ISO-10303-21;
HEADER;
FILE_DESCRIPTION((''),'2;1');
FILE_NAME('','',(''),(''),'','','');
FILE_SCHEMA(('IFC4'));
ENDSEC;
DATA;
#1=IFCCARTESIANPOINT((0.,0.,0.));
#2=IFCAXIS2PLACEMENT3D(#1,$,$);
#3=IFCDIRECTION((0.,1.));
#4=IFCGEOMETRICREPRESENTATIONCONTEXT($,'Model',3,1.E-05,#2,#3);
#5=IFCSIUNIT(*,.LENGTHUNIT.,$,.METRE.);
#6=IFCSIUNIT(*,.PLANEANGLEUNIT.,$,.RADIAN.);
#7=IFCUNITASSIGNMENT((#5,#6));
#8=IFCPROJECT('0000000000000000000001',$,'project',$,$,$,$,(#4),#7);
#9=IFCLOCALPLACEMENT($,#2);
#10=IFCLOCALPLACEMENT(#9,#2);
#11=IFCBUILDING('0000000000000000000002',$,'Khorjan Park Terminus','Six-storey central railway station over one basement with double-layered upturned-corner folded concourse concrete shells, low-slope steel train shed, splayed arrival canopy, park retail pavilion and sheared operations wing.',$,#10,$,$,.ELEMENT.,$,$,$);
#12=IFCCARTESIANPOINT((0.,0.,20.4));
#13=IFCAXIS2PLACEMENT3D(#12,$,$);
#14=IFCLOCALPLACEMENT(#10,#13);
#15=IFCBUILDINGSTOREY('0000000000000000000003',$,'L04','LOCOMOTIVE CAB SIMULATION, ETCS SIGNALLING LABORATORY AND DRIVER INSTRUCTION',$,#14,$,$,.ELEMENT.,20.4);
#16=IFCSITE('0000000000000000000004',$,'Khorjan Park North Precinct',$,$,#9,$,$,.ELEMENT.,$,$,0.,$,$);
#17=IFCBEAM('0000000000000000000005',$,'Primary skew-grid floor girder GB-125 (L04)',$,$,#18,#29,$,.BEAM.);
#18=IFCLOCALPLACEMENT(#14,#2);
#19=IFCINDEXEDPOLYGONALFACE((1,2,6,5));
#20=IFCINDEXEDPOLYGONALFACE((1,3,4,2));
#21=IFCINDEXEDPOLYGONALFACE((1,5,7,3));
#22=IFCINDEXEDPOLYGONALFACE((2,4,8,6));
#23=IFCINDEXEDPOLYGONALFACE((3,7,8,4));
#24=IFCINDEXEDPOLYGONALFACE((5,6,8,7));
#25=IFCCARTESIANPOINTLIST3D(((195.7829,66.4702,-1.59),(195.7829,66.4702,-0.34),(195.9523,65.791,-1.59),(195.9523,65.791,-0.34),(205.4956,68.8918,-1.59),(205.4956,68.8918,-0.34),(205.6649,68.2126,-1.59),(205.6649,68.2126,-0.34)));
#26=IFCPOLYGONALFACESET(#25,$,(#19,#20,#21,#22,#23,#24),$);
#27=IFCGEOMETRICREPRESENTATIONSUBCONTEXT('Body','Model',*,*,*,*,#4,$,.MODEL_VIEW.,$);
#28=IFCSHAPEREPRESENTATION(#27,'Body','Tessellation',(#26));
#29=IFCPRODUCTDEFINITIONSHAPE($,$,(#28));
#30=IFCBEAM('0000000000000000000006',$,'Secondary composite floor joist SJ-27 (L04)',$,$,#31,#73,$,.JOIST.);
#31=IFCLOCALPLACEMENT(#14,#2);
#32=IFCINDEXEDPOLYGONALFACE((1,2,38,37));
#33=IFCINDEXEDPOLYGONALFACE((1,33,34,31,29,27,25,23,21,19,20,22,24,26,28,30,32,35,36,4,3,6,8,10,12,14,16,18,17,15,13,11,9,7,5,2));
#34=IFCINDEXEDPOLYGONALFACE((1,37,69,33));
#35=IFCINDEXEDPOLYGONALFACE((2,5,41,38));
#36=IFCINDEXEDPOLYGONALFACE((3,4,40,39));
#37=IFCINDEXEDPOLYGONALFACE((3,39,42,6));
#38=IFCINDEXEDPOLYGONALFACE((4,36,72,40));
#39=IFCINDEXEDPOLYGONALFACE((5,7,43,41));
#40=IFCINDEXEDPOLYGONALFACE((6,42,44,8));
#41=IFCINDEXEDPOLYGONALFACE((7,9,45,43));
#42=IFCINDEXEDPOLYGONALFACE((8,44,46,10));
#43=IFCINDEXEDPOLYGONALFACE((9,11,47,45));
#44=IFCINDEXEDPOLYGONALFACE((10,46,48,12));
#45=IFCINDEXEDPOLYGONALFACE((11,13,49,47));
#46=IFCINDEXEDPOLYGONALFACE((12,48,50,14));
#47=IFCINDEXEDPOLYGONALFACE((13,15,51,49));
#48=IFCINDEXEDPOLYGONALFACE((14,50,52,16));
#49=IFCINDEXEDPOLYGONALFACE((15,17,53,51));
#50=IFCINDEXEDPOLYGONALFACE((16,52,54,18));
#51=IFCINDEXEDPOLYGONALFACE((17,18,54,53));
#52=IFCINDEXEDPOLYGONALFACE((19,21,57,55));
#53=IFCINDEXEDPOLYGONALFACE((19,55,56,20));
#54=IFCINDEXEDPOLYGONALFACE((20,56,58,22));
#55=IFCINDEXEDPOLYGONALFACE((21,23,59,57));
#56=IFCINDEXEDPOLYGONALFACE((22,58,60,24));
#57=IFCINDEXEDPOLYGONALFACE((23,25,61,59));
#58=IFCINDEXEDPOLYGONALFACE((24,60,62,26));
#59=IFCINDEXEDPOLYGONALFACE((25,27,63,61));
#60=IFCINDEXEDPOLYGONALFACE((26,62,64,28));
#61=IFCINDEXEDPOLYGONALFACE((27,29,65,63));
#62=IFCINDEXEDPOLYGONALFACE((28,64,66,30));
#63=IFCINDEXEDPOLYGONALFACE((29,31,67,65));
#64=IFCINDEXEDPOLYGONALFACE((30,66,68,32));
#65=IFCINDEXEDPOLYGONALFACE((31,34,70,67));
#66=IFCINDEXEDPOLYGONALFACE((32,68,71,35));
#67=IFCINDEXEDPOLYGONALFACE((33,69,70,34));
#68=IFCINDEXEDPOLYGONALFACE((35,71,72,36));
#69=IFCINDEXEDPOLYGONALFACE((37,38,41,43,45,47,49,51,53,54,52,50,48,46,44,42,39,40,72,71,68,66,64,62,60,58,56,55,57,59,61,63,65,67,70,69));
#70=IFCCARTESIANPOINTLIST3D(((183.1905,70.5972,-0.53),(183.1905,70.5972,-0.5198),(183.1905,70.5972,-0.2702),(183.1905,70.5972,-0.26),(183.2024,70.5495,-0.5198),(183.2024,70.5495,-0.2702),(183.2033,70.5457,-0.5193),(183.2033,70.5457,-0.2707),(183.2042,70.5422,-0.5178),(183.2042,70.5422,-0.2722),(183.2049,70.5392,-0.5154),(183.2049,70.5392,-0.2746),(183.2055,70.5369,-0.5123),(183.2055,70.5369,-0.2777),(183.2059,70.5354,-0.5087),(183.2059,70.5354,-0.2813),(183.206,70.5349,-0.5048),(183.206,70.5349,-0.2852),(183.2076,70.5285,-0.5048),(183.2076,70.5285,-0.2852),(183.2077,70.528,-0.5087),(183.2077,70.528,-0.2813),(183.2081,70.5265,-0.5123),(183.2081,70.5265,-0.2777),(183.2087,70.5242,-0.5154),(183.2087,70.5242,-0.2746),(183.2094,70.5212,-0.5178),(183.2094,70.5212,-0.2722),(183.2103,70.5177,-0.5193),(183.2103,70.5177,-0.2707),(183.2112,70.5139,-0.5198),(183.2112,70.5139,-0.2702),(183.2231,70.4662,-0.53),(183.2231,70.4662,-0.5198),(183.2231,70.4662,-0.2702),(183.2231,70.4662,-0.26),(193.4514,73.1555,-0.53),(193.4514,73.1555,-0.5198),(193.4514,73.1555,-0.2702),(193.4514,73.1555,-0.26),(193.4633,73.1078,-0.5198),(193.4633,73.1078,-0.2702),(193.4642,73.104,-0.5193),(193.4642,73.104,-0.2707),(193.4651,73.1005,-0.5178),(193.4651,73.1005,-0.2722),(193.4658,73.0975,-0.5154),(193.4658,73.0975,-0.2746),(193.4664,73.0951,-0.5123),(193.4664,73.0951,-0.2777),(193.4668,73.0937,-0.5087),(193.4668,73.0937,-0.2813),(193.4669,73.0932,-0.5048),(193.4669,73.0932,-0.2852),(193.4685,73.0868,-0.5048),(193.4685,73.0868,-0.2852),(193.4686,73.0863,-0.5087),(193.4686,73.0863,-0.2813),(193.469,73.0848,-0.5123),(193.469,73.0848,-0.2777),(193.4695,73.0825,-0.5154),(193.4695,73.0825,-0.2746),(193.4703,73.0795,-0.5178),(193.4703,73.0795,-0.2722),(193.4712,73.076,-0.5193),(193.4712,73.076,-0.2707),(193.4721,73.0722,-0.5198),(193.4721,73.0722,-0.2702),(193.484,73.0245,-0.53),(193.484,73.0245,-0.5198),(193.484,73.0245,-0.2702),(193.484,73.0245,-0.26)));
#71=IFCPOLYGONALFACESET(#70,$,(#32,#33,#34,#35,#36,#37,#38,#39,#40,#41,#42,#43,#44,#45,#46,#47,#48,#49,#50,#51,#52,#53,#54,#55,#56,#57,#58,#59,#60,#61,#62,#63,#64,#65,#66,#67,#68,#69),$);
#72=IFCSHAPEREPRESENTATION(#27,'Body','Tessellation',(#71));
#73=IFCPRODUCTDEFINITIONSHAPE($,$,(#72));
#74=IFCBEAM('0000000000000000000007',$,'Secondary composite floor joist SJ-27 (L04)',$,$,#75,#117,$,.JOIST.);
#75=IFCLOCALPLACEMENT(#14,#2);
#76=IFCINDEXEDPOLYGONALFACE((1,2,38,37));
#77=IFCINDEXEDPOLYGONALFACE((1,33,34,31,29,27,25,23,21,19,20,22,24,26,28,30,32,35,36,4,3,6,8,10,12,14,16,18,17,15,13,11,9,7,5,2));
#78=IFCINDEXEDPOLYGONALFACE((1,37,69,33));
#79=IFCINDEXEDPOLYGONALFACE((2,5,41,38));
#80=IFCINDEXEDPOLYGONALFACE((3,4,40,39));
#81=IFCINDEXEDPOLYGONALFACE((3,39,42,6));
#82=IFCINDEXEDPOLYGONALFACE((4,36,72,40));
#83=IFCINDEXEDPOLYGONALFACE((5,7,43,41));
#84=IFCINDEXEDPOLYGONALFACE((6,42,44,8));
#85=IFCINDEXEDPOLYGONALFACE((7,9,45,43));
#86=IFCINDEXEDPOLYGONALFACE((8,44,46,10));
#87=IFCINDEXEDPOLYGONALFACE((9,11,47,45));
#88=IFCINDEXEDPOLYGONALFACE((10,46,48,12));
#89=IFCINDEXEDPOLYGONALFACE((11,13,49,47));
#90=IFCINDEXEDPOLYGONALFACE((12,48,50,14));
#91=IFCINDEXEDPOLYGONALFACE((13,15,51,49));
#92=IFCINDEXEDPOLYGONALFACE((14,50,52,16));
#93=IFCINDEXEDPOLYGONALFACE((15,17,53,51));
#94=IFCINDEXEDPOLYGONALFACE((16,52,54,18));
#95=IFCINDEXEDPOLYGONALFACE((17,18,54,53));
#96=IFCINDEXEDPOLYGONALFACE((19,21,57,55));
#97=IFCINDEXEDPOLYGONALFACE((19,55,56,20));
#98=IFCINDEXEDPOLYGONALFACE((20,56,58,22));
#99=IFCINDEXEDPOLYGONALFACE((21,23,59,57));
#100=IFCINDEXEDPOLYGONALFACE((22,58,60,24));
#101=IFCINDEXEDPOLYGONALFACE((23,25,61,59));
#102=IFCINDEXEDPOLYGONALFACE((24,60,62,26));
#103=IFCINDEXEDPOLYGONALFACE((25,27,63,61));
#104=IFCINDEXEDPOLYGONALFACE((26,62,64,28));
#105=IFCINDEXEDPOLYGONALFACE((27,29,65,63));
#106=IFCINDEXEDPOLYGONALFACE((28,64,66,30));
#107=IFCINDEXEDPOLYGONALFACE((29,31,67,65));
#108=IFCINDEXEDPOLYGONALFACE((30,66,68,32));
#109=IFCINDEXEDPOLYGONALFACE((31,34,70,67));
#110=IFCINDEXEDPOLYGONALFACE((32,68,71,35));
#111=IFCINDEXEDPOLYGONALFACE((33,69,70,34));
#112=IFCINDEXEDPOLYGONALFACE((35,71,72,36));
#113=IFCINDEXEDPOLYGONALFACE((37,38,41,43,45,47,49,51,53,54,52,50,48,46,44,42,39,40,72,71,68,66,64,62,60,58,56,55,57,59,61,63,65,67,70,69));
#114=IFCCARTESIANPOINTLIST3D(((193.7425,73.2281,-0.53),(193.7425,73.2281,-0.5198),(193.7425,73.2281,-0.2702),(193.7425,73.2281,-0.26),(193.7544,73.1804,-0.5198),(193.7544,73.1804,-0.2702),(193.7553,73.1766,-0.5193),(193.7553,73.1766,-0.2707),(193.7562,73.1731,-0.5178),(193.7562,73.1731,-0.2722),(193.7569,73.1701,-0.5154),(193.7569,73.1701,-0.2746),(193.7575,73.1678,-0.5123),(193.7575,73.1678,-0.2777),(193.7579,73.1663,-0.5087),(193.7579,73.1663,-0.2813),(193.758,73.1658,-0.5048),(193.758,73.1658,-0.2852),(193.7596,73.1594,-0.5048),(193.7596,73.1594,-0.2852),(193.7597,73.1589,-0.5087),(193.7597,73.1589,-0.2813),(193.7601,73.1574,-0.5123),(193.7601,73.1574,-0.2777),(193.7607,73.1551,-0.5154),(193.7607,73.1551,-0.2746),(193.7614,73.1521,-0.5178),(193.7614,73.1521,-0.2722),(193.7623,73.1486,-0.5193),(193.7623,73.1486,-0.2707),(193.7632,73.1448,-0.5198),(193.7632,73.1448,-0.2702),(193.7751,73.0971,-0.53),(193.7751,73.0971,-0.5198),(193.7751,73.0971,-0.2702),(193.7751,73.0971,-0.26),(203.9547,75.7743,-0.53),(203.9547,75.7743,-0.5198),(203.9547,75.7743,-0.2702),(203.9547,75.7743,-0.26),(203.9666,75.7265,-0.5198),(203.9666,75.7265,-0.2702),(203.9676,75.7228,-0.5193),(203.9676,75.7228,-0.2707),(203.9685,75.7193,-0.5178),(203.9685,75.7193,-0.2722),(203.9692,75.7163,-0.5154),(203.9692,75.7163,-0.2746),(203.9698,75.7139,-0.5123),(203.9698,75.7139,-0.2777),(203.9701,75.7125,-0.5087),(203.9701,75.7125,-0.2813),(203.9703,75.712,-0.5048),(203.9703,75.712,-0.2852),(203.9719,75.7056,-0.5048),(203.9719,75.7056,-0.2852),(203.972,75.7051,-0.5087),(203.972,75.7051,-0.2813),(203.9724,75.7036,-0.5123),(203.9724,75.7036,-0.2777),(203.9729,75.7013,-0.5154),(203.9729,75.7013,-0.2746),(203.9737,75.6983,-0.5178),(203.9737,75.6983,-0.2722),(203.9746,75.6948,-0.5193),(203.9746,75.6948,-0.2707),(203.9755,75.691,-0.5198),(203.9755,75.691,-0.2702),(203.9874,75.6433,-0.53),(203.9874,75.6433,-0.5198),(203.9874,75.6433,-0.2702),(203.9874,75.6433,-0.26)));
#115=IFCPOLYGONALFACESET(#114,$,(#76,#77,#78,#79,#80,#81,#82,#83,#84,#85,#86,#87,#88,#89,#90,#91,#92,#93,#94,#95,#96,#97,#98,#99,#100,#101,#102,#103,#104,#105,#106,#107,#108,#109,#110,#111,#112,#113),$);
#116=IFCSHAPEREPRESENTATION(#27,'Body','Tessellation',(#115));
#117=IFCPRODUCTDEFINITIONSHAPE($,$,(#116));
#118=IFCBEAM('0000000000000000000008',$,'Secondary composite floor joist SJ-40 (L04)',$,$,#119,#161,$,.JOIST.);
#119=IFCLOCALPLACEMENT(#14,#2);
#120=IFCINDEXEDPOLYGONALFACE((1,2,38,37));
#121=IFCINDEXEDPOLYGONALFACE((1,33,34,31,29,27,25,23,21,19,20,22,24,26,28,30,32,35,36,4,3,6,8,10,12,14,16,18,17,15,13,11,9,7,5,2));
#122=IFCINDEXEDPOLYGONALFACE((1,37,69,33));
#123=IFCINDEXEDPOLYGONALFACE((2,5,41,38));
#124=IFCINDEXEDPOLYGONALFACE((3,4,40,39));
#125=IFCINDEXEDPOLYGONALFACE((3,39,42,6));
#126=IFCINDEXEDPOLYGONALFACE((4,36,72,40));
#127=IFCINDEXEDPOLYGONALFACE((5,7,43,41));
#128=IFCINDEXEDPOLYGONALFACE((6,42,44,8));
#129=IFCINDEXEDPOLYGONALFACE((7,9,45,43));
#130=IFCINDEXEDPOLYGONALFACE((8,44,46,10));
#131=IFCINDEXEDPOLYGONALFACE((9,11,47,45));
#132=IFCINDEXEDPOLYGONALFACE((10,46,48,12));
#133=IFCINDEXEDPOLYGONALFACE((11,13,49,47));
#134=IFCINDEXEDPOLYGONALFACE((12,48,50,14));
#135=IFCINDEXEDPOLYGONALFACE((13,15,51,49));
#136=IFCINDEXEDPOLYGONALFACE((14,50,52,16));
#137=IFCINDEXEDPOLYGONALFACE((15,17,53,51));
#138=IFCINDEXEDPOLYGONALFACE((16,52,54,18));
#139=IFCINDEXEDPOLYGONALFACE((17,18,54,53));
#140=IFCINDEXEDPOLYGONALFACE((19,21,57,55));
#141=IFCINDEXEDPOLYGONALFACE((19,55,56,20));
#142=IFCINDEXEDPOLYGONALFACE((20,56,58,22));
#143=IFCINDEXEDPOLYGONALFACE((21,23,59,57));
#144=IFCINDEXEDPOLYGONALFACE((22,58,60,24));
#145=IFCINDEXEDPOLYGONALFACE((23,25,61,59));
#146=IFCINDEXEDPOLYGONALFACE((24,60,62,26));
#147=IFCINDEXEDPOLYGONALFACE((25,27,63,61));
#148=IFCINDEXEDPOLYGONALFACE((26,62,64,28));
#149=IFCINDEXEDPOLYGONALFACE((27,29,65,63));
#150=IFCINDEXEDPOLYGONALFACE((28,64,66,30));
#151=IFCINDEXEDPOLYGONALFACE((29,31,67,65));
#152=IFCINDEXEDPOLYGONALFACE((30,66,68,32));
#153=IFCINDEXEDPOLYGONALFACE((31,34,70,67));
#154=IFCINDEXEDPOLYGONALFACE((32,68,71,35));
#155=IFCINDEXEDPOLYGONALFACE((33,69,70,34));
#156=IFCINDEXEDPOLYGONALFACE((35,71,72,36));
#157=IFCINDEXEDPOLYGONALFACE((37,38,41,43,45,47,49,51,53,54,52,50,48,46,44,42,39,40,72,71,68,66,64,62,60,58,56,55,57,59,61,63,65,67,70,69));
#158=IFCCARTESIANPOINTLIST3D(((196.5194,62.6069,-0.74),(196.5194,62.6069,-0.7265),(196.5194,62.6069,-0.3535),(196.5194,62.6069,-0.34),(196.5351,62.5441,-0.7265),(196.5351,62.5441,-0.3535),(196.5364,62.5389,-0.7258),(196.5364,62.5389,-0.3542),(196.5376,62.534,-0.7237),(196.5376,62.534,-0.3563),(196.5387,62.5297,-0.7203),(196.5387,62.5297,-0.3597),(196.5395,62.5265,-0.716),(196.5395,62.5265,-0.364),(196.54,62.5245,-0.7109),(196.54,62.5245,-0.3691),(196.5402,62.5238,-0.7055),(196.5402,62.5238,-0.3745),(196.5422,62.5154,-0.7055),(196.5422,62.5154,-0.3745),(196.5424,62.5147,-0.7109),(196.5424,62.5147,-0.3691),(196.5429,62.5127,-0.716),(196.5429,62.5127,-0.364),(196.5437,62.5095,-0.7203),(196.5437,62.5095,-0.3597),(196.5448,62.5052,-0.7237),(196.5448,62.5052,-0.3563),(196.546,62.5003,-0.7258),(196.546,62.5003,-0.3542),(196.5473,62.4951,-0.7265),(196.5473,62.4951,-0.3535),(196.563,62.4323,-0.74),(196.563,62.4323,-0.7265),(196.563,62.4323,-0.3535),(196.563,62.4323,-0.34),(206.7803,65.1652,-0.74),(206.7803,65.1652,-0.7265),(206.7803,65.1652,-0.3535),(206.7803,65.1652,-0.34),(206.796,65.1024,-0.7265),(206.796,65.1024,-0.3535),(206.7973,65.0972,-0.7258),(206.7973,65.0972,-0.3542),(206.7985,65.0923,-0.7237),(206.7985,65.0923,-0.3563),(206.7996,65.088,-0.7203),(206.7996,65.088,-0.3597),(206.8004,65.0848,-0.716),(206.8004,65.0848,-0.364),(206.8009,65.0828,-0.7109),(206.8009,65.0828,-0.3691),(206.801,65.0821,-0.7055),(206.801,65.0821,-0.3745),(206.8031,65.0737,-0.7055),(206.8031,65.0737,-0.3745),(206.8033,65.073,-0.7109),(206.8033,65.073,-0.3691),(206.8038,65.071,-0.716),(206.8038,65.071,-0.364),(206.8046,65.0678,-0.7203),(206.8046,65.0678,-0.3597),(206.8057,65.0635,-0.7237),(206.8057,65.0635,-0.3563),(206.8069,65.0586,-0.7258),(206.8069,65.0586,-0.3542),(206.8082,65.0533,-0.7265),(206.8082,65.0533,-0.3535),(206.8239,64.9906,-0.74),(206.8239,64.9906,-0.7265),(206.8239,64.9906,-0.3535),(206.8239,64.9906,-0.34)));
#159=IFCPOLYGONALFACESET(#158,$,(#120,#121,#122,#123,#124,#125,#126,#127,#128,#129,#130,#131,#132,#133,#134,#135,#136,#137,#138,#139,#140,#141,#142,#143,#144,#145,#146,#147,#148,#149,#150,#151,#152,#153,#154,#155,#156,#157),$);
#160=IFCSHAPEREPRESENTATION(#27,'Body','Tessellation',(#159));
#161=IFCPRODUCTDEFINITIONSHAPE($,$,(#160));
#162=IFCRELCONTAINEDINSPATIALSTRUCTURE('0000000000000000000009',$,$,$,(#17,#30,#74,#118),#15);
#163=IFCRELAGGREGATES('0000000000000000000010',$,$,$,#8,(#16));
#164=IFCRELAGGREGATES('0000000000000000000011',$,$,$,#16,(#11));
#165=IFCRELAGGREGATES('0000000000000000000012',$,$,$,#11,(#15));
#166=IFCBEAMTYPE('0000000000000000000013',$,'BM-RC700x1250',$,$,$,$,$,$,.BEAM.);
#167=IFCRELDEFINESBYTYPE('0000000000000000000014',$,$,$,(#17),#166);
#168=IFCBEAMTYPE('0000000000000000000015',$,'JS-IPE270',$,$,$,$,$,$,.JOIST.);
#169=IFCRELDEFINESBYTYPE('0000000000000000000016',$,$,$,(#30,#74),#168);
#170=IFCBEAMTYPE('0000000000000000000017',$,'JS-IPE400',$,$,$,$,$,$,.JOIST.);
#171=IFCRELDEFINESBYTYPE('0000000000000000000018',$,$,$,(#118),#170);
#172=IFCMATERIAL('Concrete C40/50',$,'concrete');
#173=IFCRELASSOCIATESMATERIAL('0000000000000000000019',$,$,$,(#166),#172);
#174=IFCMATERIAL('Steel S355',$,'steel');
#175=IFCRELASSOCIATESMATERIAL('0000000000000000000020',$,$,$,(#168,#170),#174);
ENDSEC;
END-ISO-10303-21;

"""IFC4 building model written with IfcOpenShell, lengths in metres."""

from ifc_helpers import new_model, si_unit, direction, frame, origin, origin_2d, place, context, subcontext, project, spatial, rectangle, i_section, extrude, material, material_profile, profile_set, type_object, element, save


model = new_model("IFC4")

# Units and contexts
model_context = context("Model", 3, precision=1e-05, world=origin(), true_north=direction((0.0, 1.0)))
body_context = subcontext(model_context, "Body", "Model", "MODEL_VIEW")
ifc_project = project(units=[si_unit("LENGTHUNIT", "METRE"), si_unit("PLANEANGLEUNIT", "RADIAN")], contexts=[model_context])

# Site, building, storey
site_placement = place(None, origin())
site = spatial("IfcSite", under=ifc_project, at=site_placement, Name="Khorjan Park North Precinct", CompositionType="ELEMENT", RefElevation=0.0)
building_placement = place(site_placement, origin())
building = spatial("IfcBuilding", under=site, at=building_placement, Name="Khorjan Park Terminus", Description="Six-storey central railway station over one basement with double-layered upturned-corner folded concourse concrete shells, low-slope steel train shed, splayed arrival canopy, park retail pavilion and sheared operations wing.", CompositionType="ELEMENT")
storey_placement = place(building_placement, frame((0.0, 0.0, 20.4)))
storey = spatial("IfcBuildingStorey", under=building, at=storey_placement, Name="L04", Description="LOCOMOTIVE CAB SIMULATION, ETCS SIGNALLING LABORATORY AND DRIVER INSTRUCTION", CompositionType="ELEMENT", Elevation=20.4)

# Beams
ifc_material_1 = material(Name="Steel S355", Category="steel")
ifc_material_2 = material(Name="Concrete C40/50", Category="concrete")
ifc_material_profile_1 = material_profile(ifc_material_2, rectangle(XDim=0.7, YDim=1.25, at=origin_2d()), Name="RC 700x1250")
ifc_profile_set_1 = profile_set([ifc_material_profile_1], Name="Concrete C40/50")
beam_type_1 = type_object("IfcBeamType", Name="BM-RC700x1250", PredefinedType="BEAM", material=ifc_profile_set_1)
beam_1_placement = place(storey_placement, frame((195.8676, 66.1306, -0.965), z_axis=(0.970297, 0.241917, 0.0), x_axis=(-0.241917, 0.970297, 0.0)))
element("IfcBeam", 1, at=beam_1_placement, inside=storey, type_object=beam_type_1, Name="Primary skew-grid floor girder GB-125 (L04)", PredefinedType="BEAM", context=body_context, shape_type="SweptSolid", body=[
    extrude(rectangle(XDim=0.7, YDim=1.25, at=origin_2d()), origin(), (0.0, 0.0, 1.0), 10.01),
])
ifc_material_profile_2 = material_profile(ifc_material_1, i_section(OverallWidth=0.135, OverallDepth=0.27, WebThickness=0.0066, FlangeThickness=0.0102, FilletRadius=0.015, at=origin_2d()), Name="IPE 270")
ifc_profile_set_2 = profile_set([ifc_material_profile_2], Name="Steel S355")
beam_type_2 = type_object("IfcBeamType", Name="JS-IPE270", PredefinedType="JOIST", material=ifc_profile_set_2)
beam_2_placement = place(storey_placement, frame((183.2068, 70.5317, -0.395), z_axis=(0.970296, 0.241919, 0.0), x_axis=(-0.241919, 0.970296, 0.0)))
element("IfcBeam", 2, at=beam_2_placement, inside=storey, type_object=beam_type_2, Name="Secondary composite floor joist SJ-27 (L04)", PredefinedType="JOIST", context=body_context, shape_type="SweptSolid", body=[
    extrude(i_section(OverallWidth=0.135, OverallDepth=0.27, WebThickness=0.0066, FlangeThickness=0.0102, FilletRadius=0.015, at=origin_2d()), origin(), (0.0, 0.0, 1.0), 10.575),
])
beam_3_placement = place(storey_placement, frame((193.7588, 73.1626, -0.395), z_axis=(0.970296, 0.241921, 0.0), x_axis=(-0.241921, 0.970296, 0.0)))
element("IfcBeam", 3, at=beam_3_placement, inside=storey, type_object=beam_type_2, Name="Secondary composite floor joist SJ-27 (L04)", PredefinedType="JOIST", context=body_context, shape_type="SweptSolid", body=[
    extrude(i_section(OverallWidth=0.135, OverallDepth=0.27, WebThickness=0.0066, FlangeThickness=0.0102, FilletRadius=0.015, at=origin_2d()), origin(), (0.0, 0.0, 1.0), 10.5249),
])
ifc_material_profile_3 = material_profile(ifc_material_1, i_section(OverallWidth=0.18, OverallDepth=0.4, WebThickness=0.0086, FlangeThickness=0.0135, FilletRadius=0.021, at=origin_2d()), Name="IPE 400")
ifc_profile_set_3 = profile_set([ifc_material_profile_3], Name="Steel S355")
beam_type_3 = type_object("IfcBeamType", Name="JS-IPE400", PredefinedType="JOIST", material=ifc_profile_set_3)
beam_4_placement = place(storey_placement, frame((196.5412, 62.5196, -0.54), z_axis=(0.970296, 0.241919, 0.0), x_axis=(-0.241919, 0.970296, 0.0)))
element("IfcBeam", 4, at=beam_4_placement, inside=storey, type_object=beam_type_3, Name="Secondary composite floor joist SJ-40 (L04)", PredefinedType="JOIST", context=body_context, shape_type="SweptSolid", body=[
    extrude(i_section(OverallWidth=0.18, OverallDepth=0.4, WebThickness=0.0086, FlangeThickness=0.0135, FilletRadius=0.021, at=origin_2d()), origin(), (0.0, 0.0, 1.0), 10.575),
])

save(model, "model.ifc")
